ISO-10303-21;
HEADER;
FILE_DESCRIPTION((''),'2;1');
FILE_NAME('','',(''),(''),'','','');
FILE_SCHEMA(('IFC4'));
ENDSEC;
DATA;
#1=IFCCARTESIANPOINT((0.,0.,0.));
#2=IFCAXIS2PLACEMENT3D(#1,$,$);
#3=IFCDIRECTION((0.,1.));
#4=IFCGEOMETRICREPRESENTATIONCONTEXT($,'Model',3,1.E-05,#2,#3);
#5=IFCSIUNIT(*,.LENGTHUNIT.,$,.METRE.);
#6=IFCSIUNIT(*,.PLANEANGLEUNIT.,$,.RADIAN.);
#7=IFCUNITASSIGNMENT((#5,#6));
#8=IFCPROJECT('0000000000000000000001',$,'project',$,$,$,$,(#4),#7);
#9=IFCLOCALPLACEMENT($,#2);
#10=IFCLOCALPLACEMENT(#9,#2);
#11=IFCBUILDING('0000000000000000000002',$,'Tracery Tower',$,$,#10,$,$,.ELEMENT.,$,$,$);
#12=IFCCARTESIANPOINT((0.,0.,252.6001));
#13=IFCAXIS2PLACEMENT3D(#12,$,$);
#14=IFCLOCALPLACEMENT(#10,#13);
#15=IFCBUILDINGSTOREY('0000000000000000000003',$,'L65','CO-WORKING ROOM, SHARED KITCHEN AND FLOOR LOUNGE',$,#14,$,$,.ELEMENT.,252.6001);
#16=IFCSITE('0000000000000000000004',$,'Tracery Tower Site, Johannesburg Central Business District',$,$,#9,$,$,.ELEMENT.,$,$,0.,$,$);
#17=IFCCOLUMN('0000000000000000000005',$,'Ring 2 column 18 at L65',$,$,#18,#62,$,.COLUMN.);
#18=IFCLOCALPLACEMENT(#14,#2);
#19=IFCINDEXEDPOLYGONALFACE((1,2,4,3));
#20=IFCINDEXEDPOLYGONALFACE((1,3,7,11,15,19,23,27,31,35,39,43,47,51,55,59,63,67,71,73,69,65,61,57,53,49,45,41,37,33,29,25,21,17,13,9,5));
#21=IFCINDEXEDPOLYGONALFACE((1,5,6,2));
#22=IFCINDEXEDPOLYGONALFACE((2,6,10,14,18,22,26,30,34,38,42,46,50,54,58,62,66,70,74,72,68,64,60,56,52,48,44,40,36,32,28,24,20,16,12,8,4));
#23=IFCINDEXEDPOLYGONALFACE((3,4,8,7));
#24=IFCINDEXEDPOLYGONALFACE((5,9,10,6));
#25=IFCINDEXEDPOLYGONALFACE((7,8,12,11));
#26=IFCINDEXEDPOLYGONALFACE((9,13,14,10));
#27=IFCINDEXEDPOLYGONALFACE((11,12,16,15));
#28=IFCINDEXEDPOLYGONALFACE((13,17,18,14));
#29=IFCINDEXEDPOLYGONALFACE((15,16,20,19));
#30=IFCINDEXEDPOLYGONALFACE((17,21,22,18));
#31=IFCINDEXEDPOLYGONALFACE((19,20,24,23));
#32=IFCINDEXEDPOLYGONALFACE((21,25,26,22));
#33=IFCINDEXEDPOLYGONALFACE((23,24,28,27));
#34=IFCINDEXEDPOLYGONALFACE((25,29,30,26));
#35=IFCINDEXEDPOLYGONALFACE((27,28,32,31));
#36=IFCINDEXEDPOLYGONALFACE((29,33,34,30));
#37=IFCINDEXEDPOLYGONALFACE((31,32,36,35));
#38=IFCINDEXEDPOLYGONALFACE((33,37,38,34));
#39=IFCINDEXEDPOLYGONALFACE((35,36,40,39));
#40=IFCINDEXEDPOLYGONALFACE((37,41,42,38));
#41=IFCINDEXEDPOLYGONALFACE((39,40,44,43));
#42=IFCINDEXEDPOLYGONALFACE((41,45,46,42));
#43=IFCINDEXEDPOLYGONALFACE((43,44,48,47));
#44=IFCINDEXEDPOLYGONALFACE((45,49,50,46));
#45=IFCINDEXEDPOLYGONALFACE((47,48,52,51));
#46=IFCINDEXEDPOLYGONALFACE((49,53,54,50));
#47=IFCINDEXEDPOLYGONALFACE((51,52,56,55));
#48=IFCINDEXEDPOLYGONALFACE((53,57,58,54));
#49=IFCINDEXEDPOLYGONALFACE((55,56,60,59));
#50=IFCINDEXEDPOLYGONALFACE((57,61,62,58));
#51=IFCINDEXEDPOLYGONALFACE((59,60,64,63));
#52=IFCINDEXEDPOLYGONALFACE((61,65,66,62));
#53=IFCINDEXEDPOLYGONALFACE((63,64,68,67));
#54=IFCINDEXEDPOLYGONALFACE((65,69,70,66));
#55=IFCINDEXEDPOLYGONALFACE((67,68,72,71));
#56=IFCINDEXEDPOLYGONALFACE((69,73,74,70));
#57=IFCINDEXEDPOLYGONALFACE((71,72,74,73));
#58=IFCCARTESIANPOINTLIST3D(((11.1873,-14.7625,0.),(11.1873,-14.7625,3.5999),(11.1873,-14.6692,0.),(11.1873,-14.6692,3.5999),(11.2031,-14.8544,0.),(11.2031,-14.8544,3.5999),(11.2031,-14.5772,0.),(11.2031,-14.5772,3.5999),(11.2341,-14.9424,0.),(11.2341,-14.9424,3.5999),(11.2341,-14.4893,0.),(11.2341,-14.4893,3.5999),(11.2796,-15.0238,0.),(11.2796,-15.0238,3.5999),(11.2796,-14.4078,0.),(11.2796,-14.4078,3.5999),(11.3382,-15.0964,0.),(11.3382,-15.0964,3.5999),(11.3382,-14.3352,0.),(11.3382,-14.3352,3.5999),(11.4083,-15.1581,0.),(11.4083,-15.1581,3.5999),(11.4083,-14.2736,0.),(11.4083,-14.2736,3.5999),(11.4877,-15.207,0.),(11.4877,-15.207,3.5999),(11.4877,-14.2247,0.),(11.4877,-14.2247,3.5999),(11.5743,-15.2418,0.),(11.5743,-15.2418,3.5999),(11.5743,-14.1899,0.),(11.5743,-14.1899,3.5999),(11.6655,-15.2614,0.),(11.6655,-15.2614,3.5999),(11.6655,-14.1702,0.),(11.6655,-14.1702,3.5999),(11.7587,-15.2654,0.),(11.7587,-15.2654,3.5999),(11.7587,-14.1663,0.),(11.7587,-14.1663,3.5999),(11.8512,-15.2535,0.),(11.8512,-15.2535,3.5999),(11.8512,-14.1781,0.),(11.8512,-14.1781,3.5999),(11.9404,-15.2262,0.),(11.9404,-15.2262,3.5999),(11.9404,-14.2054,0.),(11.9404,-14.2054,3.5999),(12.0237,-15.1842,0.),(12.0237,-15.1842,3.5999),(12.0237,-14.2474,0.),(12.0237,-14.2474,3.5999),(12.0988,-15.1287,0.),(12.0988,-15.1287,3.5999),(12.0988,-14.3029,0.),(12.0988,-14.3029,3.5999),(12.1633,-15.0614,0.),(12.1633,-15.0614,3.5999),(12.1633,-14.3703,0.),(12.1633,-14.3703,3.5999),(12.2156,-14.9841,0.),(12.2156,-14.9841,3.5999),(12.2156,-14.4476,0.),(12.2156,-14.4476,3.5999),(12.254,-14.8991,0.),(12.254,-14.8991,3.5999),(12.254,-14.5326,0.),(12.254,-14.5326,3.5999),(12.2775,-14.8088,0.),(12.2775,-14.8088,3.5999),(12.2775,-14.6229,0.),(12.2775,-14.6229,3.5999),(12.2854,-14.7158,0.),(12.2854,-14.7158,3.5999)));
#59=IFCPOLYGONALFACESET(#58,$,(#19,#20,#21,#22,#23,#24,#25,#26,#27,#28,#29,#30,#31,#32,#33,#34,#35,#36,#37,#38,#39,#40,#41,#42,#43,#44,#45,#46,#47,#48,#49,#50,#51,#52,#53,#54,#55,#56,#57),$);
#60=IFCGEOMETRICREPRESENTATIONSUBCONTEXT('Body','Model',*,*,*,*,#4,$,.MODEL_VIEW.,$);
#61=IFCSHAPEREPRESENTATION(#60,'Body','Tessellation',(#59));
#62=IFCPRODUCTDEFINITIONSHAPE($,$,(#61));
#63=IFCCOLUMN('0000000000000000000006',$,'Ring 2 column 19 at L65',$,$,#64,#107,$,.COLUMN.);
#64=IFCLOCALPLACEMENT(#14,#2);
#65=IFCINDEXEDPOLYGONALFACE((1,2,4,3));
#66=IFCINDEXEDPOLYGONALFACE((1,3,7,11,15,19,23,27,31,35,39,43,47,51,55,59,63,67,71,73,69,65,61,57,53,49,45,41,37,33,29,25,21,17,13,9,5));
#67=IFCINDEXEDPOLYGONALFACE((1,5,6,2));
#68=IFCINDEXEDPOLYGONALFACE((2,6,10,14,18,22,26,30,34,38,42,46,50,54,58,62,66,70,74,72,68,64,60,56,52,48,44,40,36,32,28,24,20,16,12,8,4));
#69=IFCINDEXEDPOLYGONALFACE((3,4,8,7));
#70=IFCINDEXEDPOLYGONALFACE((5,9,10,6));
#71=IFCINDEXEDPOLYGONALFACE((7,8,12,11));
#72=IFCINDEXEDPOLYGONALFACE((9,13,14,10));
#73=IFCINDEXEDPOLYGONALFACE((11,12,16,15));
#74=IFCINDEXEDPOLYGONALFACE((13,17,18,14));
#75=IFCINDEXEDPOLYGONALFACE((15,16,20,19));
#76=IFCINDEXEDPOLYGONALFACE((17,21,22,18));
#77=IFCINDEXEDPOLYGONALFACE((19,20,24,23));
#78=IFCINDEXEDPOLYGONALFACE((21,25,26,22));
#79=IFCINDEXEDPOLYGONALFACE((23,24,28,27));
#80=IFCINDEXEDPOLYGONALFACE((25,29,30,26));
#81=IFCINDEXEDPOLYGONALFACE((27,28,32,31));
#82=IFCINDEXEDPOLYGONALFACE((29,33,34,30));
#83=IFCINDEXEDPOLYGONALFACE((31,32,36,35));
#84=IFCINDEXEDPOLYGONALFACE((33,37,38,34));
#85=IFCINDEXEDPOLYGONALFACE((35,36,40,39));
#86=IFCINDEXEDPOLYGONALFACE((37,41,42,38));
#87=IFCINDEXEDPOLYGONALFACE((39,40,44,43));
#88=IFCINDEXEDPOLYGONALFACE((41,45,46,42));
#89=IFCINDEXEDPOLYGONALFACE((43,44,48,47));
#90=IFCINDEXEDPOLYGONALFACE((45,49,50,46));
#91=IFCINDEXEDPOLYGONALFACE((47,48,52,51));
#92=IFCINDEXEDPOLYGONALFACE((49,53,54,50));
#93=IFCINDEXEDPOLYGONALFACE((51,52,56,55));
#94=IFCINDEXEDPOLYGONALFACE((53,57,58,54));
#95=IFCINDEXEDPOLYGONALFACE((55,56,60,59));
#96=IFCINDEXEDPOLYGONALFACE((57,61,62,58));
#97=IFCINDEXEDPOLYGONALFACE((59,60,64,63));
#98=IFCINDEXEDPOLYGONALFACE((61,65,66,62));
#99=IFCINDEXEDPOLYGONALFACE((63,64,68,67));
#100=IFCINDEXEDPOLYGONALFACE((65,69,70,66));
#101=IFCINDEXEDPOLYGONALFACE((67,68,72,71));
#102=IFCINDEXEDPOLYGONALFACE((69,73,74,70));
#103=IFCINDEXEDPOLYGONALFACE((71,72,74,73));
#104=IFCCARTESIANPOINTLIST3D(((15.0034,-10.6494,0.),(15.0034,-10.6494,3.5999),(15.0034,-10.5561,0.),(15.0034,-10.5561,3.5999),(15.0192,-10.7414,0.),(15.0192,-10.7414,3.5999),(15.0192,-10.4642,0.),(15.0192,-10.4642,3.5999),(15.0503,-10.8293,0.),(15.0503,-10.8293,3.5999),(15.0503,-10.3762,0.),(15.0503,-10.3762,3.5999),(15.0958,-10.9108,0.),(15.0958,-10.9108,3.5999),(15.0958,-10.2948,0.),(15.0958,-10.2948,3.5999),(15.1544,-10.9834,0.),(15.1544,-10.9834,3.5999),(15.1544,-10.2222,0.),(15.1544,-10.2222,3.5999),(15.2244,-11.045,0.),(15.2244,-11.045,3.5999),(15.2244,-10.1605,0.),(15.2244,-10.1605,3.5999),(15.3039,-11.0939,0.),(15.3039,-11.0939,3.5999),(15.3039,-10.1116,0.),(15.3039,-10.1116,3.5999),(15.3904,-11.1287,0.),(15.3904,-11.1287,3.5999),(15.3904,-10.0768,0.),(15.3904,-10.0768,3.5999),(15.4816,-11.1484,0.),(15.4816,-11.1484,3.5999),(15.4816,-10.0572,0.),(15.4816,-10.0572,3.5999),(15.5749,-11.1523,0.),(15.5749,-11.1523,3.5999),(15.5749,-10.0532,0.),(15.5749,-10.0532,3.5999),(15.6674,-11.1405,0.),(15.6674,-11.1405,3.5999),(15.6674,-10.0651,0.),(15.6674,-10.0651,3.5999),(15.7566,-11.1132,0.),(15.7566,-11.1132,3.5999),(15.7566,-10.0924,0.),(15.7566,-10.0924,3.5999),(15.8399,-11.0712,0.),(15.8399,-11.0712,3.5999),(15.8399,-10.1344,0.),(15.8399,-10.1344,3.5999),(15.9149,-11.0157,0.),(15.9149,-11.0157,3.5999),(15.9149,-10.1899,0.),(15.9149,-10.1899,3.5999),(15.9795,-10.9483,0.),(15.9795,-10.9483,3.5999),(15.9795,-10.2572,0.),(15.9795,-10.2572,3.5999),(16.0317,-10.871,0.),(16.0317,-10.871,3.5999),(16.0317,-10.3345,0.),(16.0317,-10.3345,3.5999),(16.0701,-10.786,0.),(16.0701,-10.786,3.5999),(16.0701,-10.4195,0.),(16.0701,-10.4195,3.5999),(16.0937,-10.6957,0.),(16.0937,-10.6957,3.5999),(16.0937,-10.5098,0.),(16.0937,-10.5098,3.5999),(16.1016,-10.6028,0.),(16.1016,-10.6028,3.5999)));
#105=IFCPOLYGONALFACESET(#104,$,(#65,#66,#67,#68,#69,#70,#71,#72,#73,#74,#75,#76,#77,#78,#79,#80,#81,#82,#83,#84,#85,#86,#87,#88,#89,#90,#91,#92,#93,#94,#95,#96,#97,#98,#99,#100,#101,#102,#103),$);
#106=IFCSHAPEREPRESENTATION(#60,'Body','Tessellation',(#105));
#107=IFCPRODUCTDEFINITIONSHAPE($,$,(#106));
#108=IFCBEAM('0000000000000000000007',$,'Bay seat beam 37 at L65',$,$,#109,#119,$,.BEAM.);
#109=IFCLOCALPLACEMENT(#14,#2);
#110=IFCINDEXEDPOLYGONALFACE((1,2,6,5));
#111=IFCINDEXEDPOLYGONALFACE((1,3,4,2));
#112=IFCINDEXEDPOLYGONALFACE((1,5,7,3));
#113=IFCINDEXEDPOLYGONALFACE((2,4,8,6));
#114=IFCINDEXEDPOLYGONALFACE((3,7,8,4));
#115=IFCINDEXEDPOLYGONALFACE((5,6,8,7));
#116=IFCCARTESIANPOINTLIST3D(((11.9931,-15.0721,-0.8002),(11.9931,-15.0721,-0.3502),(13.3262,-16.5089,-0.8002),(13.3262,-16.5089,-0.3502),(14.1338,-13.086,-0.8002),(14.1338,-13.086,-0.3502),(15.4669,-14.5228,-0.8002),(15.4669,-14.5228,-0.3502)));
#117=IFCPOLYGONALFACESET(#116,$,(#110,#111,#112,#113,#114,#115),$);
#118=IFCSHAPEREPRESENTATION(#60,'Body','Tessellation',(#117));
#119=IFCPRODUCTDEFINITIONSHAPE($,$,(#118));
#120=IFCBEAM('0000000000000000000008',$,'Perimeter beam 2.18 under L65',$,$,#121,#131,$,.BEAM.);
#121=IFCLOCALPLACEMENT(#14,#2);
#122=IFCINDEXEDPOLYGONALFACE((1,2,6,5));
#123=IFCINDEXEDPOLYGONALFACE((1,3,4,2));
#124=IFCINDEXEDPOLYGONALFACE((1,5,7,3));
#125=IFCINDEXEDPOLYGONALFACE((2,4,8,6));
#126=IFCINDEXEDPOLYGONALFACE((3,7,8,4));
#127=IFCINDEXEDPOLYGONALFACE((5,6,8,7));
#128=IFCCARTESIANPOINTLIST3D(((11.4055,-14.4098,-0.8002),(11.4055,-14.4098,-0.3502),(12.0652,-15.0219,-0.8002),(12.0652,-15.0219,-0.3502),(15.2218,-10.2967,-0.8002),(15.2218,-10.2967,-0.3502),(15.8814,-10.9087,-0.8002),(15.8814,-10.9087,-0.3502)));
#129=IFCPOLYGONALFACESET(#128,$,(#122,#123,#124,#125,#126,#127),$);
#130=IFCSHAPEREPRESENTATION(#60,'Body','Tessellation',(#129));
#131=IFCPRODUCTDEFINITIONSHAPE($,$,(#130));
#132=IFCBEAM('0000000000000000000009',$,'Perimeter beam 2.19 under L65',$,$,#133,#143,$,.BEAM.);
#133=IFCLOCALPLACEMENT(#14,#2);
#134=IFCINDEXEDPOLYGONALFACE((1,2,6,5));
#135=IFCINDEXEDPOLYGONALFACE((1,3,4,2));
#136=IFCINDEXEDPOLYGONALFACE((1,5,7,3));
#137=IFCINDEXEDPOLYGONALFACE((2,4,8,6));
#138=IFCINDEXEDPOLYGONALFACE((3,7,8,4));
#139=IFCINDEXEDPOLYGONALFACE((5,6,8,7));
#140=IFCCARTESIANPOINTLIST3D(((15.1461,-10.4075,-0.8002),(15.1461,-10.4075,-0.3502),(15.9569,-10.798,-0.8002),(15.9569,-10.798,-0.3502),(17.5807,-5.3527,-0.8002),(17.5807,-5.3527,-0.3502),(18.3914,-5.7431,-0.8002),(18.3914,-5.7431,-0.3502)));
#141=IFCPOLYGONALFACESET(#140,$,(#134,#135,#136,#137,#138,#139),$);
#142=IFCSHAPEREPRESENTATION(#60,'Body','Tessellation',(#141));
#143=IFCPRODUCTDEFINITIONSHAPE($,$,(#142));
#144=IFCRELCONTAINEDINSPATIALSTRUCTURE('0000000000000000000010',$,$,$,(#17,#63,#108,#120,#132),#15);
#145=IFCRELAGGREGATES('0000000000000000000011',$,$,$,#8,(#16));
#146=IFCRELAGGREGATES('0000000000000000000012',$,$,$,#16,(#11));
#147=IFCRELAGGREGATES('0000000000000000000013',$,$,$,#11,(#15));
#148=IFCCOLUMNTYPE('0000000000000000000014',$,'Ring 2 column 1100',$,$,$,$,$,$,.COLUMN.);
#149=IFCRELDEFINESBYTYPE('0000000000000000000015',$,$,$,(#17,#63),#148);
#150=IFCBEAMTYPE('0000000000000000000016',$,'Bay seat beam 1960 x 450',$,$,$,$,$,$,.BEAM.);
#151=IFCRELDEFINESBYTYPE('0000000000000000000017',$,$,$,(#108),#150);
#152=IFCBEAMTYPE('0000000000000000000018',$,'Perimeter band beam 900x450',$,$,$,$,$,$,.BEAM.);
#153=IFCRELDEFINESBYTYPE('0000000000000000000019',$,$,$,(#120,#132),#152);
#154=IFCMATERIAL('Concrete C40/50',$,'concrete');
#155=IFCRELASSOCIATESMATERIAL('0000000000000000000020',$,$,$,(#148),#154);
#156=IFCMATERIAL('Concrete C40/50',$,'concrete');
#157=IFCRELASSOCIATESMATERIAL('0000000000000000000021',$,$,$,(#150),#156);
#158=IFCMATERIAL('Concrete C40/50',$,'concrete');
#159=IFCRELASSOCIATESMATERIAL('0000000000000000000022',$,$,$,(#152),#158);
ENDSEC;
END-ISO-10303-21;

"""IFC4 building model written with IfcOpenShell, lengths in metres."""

from ifc_helpers import new_model, si_unit, direction, frame, origin, origin_2d, place, context, subcontext, project, spatial, rectangle, circle, extrude, material, material_profile, profile_set, type_object, element, save


model = new_model("IFC4")

# Units and contexts
model_context = context("Model", 3, precision=1e-05, world=origin(), true_north=direction((0.0, 1.0)))
body_context = subcontext(model_context, "Body", "Model", "MODEL_VIEW")
ifc_project = project(units=[si_unit("LENGTHUNIT", "METRE"), si_unit("PLANEANGLEUNIT", "RADIAN")], contexts=[model_context])

# Site, building, storey
site_placement = place(None, origin())
site = spatial("IfcSite", under=ifc_project, at=site_placement, Name="Tracery Tower Site, Johannesburg Central Business District", CompositionType="ELEMENT", RefElevation=0.0)
building_placement = place(site_placement, origin())
building = spatial("IfcBuilding", under=site, at=building_placement, Name="Tracery Tower", CompositionType="ELEMENT")
storey_placement = place(building_placement, frame((0.0, 0.0, 252.6001)))
storey = spatial("IfcBuildingStorey", under=building, at=storey_placement, Name="L65", Description="CO-WORKING ROOM, SHARED KITCHEN AND FLOOR LOUNGE", CompositionType="ELEMENT", Elevation=252.6001)

# Columns
ifc_material_1 = material(Name="Concrete C40/50", Category="concrete")
ifc_material_profile_1 = material_profile(ifc_material_1, circle(Radius=0.55, at=origin_2d()), Name="RC D1100")
ifc_profile_set_1 = profile_set([ifc_material_profile_1], Name="Concrete C40/50")
column_type = type_object("IfcColumnType", Name="Ring 2 column 1100", PredefinedType="COLUMN", material=ifc_profile_set_1)
for number, where, z_axis, x_axis, name in (
    (1, (11.7354, -14.7158, 0.0), (0.0, 0.0, 1.0), (1.0, 0.0, 0.0), "Ring 2 column 18 at L65"),
    (2, (15.5515, -10.6028, 0.0), (0.0, 0.0, 1.0), (1.0, 0.0, 0.0), "Ring 2 column 19 at L65"),
):
    element("IfcColumn", number, at=place(storey_placement, frame(where, z_axis=z_axis, x_axis=x_axis)), inside=storey, type_object=column_type, Name=name, PredefinedType="COLUMN", context=body_context, shape_type="SweptSolid", body=[
        extrude(circle(Radius=0.55, at=origin_2d()), origin(), (0.0, 0.0, 1.0), 3.5999),
    ])

# Beams
ifc_material_2 = material(Name="Concrete C40/50", Category="concrete")
ifc_material_profile_2 = material_profile(ifc_material_2, rectangle(XDim=1.96, YDim=0.45, at=origin_2d()), Name="RC 1960x450")
ifc_profile_set_2 = profile_set([ifc_material_profile_2], Name="Concrete C40/50")
beam_type_1 = type_object("IfcBeamType", Name="Bay seat beam 1960 x 450", PredefinedType="BEAM", material=ifc_profile_set_2)
beam_1_placement = place(storey_placement, frame((12.6597, -15.7905, -0.5752), z_axis=(0.733073, 0.68015, 0.0), x_axis=(-0.68015, 0.733073, 0.0)))
element("IfcBeam", 3, at=beam_1_placement, inside=storey, type_object=beam_type_1, Name="Bay seat beam 37 at L65", PredefinedType="BEAM", context=body_context, shape_type="SweptSolid", body=[
    extrude(rectangle(XDim=1.96, YDim=0.45, at=origin_2d()), origin(), (0.0, 0.0, 1.0), 2.9202),
])
ifc_material_3 = material(Name="Concrete C40/50", Category="concrete")
ifc_material_profile_3 = material_profile(ifc_material_3, rectangle(XDim=0.8999, YDim=0.45, at=origin_2d()), Name="RC 900x450")
ifc_profile_set_3 = profile_set([ifc_material_profile_3], Name="Concrete C40/50")
beam_type_2 = type_object("IfcBeamType", Name="Perimeter band beam 900x450", PredefinedType="BEAM", material=ifc_profile_set_3)
beam_2_placement = place(storey_placement, frame((11.7354, -14.7158, -0.5752), z_axis=(0.680156, 0.733068, 0.0), x_axis=(-0.733068, 0.680156, 0.0)))
element("IfcBeam", 4, at=beam_2_placement, inside=storey, type_object=beam_type_2, Name="Perimeter beam 2.18 under L65", PredefinedType="BEAM", context=body_context, shape_type="SweptSolid", body=[
    extrude(rectangle(XDim=0.8999, YDim=0.45, at=origin_2d()), origin(), (0.0, 0.0, 1.0), 5.6108),
])
beam_3_placement = place(storey_placement, frame((15.5515, -10.6028, -0.5752), z_axis=(0.433919, 0.900952, 0.0), x_axis=(-0.900952, 0.433919, 0.0)))
element("IfcBeam", 5, at=beam_3_placement, inside=storey, type_object=beam_type_2, Name="Perimeter beam 2.19 under L65", PredefinedType="BEAM", context=body_context, shape_type="SweptSolid", body=[
    extrude(rectangle(XDim=0.8999, YDim=0.45, at=origin_2d()), origin(), (0.0, 0.0, 1.0), 5.6106),
])

save(model, "model.ifc")
